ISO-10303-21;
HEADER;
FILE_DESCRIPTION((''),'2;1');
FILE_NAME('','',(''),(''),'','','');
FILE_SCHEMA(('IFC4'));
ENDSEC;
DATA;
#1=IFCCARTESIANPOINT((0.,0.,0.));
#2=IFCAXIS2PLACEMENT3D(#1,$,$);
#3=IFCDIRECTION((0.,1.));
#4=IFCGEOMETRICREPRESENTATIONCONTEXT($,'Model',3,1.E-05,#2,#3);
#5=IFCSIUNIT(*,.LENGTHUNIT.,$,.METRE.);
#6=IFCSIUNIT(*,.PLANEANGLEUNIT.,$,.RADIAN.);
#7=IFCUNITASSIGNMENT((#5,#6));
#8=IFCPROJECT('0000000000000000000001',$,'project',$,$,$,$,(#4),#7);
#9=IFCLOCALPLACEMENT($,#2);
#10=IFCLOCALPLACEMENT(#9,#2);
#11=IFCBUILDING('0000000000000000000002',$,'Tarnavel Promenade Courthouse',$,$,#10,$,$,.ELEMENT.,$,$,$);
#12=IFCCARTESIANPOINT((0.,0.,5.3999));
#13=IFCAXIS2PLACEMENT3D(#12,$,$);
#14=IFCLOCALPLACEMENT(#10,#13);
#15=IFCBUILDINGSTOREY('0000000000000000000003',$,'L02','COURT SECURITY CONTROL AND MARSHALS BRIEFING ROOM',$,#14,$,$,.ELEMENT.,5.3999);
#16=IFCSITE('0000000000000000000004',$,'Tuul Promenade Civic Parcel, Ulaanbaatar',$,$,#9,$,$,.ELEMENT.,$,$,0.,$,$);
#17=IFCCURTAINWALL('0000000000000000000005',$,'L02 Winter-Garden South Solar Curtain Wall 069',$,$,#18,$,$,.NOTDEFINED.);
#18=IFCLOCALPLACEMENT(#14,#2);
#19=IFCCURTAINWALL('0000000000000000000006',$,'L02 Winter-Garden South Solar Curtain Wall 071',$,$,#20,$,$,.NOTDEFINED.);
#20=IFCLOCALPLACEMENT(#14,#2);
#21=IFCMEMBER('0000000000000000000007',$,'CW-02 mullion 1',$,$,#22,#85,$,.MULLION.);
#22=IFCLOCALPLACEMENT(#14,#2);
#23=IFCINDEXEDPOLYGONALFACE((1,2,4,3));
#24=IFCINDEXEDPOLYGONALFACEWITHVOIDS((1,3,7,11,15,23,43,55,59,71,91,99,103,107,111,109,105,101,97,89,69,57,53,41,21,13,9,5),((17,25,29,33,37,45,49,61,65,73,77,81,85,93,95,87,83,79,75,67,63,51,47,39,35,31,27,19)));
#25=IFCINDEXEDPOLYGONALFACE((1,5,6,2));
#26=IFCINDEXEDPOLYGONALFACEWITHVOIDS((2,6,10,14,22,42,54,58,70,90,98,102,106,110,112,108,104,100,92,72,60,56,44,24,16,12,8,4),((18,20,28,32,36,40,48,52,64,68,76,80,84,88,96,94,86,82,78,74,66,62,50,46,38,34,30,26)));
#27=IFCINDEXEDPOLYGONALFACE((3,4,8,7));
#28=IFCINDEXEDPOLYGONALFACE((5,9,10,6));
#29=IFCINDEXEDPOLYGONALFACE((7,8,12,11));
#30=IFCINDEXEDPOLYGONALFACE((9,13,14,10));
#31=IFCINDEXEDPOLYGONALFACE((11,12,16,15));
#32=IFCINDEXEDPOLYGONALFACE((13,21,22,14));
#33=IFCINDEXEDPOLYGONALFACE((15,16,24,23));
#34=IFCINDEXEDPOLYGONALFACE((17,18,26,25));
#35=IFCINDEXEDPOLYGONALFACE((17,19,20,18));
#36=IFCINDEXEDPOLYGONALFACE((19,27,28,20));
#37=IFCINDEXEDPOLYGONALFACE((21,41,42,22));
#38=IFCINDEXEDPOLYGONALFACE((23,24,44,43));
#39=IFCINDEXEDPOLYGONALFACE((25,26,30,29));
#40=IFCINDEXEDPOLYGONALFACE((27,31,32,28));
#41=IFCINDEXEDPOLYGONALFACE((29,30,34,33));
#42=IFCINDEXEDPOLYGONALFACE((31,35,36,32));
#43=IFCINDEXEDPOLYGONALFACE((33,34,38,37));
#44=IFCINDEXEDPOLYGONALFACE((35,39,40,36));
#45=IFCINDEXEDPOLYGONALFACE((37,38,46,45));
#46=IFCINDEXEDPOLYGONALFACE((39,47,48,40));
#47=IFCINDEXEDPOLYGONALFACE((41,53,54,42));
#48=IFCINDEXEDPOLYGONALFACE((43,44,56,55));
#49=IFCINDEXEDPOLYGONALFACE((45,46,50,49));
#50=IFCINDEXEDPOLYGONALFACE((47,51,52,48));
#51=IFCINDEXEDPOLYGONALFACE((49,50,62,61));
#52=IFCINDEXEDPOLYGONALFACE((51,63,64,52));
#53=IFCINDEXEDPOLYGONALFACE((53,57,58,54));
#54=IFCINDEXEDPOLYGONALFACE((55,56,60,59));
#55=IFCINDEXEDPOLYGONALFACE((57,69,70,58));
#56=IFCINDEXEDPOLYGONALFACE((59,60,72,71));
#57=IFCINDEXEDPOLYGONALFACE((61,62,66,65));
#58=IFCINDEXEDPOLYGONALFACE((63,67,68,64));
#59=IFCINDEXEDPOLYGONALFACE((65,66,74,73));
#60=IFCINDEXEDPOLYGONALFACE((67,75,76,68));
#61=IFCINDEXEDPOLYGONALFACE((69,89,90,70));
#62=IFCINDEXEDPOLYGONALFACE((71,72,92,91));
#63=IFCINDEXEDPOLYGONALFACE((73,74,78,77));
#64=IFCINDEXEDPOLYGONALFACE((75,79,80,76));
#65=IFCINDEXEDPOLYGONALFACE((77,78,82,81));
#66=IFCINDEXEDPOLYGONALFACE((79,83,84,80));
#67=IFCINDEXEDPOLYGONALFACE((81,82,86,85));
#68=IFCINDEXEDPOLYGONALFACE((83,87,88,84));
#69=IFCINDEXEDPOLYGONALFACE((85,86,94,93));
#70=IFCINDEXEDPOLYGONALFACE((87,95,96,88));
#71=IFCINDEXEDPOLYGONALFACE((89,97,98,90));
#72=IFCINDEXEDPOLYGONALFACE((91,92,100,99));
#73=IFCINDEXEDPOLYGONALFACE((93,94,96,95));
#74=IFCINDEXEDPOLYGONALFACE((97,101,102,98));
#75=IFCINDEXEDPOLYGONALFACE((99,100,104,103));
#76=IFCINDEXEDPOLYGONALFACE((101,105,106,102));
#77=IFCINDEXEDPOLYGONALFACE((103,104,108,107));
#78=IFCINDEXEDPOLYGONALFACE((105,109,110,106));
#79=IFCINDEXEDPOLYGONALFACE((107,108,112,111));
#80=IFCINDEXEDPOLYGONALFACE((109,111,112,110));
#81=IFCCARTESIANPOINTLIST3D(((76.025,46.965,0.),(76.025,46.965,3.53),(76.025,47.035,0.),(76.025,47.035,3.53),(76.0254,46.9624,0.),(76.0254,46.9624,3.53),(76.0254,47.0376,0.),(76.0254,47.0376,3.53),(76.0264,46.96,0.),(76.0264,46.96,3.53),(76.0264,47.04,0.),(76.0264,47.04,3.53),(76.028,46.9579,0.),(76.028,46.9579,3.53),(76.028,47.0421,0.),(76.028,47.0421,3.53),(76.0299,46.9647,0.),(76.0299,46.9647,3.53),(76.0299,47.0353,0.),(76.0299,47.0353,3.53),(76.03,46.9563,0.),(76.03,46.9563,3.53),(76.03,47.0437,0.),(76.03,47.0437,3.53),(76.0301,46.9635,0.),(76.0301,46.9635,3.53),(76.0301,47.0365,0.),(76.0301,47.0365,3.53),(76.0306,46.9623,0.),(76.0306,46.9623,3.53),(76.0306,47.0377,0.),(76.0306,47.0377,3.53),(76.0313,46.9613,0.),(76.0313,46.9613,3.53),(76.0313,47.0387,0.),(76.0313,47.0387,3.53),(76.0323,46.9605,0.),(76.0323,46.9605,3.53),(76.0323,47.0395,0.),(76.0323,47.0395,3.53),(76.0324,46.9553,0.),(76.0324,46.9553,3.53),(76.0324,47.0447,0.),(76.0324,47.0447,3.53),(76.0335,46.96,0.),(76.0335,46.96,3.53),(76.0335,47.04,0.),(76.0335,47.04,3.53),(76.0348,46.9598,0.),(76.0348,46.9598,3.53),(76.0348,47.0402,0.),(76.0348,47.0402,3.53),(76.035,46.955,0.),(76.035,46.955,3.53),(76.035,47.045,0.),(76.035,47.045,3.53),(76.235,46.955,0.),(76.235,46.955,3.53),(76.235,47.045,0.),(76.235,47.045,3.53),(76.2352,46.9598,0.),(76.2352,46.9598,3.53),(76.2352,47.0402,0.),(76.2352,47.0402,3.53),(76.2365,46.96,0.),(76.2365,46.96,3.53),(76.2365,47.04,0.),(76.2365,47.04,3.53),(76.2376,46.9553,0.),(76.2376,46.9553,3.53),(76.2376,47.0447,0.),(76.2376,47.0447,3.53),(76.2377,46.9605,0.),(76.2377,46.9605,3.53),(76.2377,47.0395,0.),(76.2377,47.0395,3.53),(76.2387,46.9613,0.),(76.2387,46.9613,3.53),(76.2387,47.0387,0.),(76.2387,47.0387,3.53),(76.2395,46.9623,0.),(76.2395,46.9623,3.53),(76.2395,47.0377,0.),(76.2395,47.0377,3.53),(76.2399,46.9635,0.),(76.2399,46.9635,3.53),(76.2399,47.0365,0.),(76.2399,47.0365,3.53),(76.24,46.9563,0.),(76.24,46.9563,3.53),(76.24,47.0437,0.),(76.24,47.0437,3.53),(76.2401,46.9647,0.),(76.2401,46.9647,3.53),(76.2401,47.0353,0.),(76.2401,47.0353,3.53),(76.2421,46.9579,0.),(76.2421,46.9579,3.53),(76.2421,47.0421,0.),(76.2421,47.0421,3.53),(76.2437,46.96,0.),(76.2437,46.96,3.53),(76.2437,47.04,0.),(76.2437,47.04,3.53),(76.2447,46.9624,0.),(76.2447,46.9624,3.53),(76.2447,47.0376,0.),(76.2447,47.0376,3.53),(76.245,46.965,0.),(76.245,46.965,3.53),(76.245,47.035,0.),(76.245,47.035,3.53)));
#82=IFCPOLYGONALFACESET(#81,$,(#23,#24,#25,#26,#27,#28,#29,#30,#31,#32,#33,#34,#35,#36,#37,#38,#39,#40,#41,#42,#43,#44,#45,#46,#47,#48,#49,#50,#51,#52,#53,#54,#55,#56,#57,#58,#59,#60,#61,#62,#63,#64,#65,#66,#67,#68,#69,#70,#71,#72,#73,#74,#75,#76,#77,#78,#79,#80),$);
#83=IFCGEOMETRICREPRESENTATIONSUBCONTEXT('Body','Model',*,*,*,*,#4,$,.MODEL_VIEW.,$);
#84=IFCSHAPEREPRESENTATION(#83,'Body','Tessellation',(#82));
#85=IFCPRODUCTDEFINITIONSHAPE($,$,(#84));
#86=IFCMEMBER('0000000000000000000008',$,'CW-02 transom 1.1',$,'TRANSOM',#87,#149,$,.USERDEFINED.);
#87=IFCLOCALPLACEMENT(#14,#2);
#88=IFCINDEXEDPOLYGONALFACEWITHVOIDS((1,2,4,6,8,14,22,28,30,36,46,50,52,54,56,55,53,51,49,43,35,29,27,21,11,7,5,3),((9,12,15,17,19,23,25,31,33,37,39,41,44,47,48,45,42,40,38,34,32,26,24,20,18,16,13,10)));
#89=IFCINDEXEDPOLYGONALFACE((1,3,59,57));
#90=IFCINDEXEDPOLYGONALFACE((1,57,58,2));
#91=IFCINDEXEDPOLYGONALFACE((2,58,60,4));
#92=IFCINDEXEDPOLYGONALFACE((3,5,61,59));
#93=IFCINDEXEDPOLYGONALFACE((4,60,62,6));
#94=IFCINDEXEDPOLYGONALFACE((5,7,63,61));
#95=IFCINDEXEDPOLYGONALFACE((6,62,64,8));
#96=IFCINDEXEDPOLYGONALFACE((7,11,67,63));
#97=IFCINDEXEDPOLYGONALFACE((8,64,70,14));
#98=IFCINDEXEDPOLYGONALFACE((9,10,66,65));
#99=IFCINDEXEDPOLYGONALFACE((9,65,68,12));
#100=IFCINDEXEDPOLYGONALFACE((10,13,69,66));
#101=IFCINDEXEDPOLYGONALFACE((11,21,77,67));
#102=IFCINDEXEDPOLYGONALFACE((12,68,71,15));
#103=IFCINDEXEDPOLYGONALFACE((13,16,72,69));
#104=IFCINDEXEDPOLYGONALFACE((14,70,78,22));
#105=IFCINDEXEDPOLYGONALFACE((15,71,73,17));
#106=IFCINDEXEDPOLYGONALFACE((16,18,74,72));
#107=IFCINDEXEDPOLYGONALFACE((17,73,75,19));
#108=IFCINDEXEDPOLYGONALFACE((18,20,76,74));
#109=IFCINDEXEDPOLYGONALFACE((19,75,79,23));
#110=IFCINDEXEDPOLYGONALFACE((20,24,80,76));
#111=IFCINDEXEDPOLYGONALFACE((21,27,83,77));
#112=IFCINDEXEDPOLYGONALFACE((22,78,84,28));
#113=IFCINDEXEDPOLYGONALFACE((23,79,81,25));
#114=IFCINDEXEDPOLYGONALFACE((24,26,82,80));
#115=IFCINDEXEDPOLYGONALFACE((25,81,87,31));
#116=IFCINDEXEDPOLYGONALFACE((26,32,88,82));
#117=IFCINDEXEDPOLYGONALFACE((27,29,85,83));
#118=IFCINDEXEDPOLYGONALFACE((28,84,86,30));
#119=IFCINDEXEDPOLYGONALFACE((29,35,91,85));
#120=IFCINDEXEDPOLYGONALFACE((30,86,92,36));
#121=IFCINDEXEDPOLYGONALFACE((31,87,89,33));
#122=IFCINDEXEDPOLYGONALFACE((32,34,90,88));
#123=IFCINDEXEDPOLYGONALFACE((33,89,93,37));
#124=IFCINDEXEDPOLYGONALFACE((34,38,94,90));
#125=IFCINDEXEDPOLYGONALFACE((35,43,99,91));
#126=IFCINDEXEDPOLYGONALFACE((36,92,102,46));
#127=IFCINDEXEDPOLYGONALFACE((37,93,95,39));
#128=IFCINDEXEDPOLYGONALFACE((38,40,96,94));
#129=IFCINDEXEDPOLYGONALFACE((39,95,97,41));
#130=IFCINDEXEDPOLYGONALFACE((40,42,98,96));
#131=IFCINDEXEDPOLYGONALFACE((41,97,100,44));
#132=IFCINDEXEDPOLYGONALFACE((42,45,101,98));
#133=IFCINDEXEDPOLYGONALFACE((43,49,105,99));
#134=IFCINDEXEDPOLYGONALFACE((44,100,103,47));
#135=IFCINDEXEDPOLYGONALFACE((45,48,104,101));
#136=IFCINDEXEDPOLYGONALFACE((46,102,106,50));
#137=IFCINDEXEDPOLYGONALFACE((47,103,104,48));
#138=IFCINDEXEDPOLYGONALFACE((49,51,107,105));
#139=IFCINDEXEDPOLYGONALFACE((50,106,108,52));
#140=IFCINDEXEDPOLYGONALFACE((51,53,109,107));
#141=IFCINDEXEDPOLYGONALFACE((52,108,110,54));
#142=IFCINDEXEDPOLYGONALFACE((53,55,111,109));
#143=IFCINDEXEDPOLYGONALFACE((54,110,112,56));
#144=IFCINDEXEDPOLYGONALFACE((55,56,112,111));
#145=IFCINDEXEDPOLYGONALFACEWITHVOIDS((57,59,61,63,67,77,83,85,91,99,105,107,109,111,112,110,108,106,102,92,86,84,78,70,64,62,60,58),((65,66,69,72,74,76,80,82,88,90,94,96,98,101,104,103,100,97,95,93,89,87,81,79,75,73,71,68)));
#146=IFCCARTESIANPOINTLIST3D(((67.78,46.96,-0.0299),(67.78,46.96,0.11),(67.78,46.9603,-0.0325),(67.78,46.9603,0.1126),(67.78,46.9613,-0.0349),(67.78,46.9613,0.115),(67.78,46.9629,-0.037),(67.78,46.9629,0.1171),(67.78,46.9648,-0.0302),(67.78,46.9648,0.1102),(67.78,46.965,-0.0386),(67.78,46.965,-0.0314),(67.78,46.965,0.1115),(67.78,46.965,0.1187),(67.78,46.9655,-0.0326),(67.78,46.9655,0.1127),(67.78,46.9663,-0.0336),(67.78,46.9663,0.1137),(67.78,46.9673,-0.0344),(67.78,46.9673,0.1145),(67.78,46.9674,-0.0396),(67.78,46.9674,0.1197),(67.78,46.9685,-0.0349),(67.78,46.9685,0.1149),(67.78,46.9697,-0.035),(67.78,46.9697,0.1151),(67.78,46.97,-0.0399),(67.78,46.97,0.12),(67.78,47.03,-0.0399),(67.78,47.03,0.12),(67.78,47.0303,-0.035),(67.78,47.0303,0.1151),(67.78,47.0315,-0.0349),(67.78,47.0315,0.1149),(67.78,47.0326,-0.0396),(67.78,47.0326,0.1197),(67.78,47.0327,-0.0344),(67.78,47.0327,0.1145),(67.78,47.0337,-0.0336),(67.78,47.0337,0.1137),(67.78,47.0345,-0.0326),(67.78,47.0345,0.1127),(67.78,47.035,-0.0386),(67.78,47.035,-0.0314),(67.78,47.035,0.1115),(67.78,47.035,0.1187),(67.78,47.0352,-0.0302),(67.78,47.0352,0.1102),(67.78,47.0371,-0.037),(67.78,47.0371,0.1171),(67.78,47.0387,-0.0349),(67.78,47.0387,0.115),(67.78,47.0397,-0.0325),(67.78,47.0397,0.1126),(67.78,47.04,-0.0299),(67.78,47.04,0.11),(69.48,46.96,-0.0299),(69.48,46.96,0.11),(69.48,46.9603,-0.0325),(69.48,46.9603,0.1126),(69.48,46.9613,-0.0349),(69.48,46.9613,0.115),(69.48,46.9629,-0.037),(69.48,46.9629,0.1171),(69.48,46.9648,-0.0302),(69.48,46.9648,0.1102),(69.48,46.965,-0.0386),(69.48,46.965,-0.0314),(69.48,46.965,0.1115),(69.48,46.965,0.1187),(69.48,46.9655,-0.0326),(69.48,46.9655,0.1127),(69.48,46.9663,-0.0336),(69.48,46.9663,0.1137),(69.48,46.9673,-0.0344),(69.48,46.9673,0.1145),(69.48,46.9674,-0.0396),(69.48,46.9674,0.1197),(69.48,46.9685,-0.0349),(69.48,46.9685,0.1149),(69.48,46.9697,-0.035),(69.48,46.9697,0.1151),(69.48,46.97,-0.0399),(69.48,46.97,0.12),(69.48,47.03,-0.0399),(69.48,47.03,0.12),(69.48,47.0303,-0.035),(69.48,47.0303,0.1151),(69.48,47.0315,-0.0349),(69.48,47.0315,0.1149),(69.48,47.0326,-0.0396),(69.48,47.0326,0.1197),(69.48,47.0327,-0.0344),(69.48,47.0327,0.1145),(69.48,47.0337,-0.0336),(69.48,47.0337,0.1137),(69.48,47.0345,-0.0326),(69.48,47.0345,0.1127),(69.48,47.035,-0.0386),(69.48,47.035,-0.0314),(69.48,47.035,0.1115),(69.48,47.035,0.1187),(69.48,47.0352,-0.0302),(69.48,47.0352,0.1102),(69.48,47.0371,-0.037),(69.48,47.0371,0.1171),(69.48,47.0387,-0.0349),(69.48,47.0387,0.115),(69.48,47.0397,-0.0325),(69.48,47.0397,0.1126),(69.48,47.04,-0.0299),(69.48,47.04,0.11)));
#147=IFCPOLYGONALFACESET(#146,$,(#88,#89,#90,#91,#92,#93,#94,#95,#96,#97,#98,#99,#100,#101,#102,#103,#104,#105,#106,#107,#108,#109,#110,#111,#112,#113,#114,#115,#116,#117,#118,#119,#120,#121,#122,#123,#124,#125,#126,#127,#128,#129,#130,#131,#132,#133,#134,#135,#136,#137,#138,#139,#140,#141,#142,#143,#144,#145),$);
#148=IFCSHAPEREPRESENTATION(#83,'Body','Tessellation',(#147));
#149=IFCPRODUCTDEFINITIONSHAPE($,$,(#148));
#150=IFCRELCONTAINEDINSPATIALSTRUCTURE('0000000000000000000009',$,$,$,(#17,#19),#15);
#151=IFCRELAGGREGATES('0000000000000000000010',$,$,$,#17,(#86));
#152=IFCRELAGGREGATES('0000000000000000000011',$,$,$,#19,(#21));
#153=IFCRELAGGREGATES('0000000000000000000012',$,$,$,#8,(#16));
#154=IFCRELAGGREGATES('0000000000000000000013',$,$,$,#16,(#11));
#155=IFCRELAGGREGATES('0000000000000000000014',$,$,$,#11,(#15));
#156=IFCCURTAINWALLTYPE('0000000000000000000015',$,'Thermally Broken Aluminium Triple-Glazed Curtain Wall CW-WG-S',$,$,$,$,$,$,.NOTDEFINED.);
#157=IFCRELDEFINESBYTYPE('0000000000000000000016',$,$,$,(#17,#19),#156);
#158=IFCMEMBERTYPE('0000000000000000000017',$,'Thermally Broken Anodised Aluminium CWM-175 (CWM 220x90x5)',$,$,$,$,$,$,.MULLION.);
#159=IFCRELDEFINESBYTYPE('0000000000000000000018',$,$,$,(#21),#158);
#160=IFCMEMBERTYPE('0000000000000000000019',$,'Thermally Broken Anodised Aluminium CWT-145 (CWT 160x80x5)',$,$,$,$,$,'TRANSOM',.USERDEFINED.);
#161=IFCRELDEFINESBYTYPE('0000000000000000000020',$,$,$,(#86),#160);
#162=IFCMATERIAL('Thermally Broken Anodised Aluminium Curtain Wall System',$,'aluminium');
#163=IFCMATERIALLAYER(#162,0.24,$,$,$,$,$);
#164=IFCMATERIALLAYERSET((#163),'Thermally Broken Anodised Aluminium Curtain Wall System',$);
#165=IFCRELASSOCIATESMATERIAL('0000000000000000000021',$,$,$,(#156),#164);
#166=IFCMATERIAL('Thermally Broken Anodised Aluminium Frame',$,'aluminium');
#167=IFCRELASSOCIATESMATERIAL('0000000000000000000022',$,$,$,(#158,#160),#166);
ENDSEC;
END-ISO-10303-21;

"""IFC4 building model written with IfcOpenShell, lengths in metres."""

from ifc_helpers import new_model, si_unit, direction, frame, origin, origin_2d, place, context, subcontext, project, spatial, hollow_rectangle, extrude, material, layer, layer_set, material_profile, profile_set, type_object, element, aggregate, save


model = new_model("IFC4")

# Units and contexts
model_context = context("Model", 3, precision=1e-05, world=origin(), true_north=direction((0.0, 1.0)))
body_context = subcontext(model_context, "Body", "Model", "MODEL_VIEW")
ifc_project = project(units=[si_unit("LENGTHUNIT", "METRE"), si_unit("PLANEANGLEUNIT", "RADIAN")], contexts=[model_context])

# Site, building, storey
site_placement = place(None, origin())
site = spatial("IfcSite", under=ifc_project, at=site_placement, Name="Tuul Promenade Civic Parcel, Ulaanbaatar", CompositionType="ELEMENT", RefElevation=0.0)
building_placement = place(site_placement, origin())
building = spatial("IfcBuilding", under=site, at=building_placement, Name="Tarnavel Promenade Courthouse", CompositionType="ELEMENT")
storey_placement = place(building_placement, frame((0.0, 0.0, 5.3999)))
storey = spatial("IfcBuildingStorey", under=building, at=storey_placement, Name="L02", Description="COURT SECURITY CONTROL AND MARSHALS BRIEFING ROOM", CompositionType="ELEMENT", Elevation=5.3999)

# Curtain wall
ifc_material_1 = material(Name="Thermally Broken Anodised Aluminium Curtain Wall System", Category="aluminium")
ifc_layer_1 = layer(ifc_material_1, 0.24)
ifc_layer_set_1 = layer_set([ifc_layer_1], Name="Thermally Broken Anodised Aluminium Curtain Wall System")
curtain_wall_type = type_object("IfcCurtainWallType", Name="Thermally Broken Aluminium Triple-Glazed Curtain Wall CW-WG-S", PredefinedType="NOTDEFINED", material=ifc_layer_set_1)
curtain_wall_1_placement = place(storey_placement, origin())
curtain_wall_1 = element("IfcCurtainWall", 1, at=curtain_wall_1_placement, inside=storey, type_object=curtain_wall_type, Name="L02 Winter-Garden South Solar Curtain Wall 069", PredefinedType="NOTDEFINED")
ifc_material_2 = material(Name="Thermally Broken Anodised Aluminium Frame", Category="aluminium")
ifc_material_profile_1 = material_profile(ifc_material_2, hollow_rectangle(XDim=0.0901, YDim=0.22, WallThickness=0.0049, InnerFilletRadius=0.0049, OuterFilletRadius=0.01, at=origin_2d()), Name="CWM 220x90x5")
ifc_profile_set_1 = profile_set([ifc_material_profile_1], Name="Thermally Broken Anodised Aluminium Frame")
member_type_1 = type_object("IfcMemberType", Name="Thermally Broken Anodised Aluminium CWM-175 (CWM 220x90x5)", PredefinedType="MULLION", material=ifc_profile_set_1)

# Curtain wall, member
curtain_wall_2_placement = place(storey_placement, origin())
curtain_wall_2 = element("IfcCurtainWall", 2, at=curtain_wall_2_placement, inside=storey, type_object=curtain_wall_type, Name="L02 Winter-Garden South Solar Curtain Wall 071", PredefinedType="NOTDEFINED")
member_1_placement = place(storey_placement, frame((76.135, 47.0, 0.0), z_axis=(0.0, 0.0, 1.0), x_axis=(0.0, 1.0, 0.0)))
member_1 = element("IfcMember", 3, at=member_1_placement, type_object=member_type_1, Name="CW-02 mullion 1", PredefinedType="MULLION", context=body_context, shape_type="SweptSolid", body=[
    extrude(hollow_rectangle(XDim=0.0901, YDim=0.22, WallThickness=0.0049, InnerFilletRadius=0.0049, OuterFilletRadius=0.01, at=origin_2d()), origin(), (0.0, 0.0, 1.0), 3.53),
])

# Member
ifc_material_profile_2 = material_profile(ifc_material_2, hollow_rectangle(XDim=0.0801, YDim=0.1599, WallThickness=0.0049, InnerFilletRadius=0.0049, OuterFilletRadius=0.01, at=origin_2d()), Name="CWT 160x80x5")
ifc_profile_set_2 = profile_set([ifc_material_profile_2], Name="Thermally Broken Anodised Aluminium Frame")
member_type_2 = type_object("IfcMemberType", Name="Thermally Broken Anodised Aluminium CWT-145 (CWT 160x80x5)", ElementType="TRANSOM", PredefinedType="USERDEFINED", material=ifc_profile_set_2)
member_2_placement = place(storey_placement, frame((67.78, 47.0, 0.04), z_axis=(1.0, 0.0, 0.0), x_axis=(0.0, 1.0, 0.0)))
member_2 = element("IfcMember", 4, at=member_2_placement, type_object=member_type_2, Name="CW-02 transom 1.1", ObjectType="TRANSOM", PredefinedType="USERDEFINED", context=body_context, shape_type="SweptSolid", body=[
    extrude(hollow_rectangle(XDim=0.0801, YDim=0.1599, WallThickness=0.0049, InnerFilletRadius=0.0049, OuterFilletRadius=0.01, at=origin_2d()), origin(), (0.0, 0.0, 1.0), 1.7),
])

aggregate(curtain_wall_1, [member_2])
aggregate(curtain_wall_2, [member_1])

save(model, "model.ifc")
